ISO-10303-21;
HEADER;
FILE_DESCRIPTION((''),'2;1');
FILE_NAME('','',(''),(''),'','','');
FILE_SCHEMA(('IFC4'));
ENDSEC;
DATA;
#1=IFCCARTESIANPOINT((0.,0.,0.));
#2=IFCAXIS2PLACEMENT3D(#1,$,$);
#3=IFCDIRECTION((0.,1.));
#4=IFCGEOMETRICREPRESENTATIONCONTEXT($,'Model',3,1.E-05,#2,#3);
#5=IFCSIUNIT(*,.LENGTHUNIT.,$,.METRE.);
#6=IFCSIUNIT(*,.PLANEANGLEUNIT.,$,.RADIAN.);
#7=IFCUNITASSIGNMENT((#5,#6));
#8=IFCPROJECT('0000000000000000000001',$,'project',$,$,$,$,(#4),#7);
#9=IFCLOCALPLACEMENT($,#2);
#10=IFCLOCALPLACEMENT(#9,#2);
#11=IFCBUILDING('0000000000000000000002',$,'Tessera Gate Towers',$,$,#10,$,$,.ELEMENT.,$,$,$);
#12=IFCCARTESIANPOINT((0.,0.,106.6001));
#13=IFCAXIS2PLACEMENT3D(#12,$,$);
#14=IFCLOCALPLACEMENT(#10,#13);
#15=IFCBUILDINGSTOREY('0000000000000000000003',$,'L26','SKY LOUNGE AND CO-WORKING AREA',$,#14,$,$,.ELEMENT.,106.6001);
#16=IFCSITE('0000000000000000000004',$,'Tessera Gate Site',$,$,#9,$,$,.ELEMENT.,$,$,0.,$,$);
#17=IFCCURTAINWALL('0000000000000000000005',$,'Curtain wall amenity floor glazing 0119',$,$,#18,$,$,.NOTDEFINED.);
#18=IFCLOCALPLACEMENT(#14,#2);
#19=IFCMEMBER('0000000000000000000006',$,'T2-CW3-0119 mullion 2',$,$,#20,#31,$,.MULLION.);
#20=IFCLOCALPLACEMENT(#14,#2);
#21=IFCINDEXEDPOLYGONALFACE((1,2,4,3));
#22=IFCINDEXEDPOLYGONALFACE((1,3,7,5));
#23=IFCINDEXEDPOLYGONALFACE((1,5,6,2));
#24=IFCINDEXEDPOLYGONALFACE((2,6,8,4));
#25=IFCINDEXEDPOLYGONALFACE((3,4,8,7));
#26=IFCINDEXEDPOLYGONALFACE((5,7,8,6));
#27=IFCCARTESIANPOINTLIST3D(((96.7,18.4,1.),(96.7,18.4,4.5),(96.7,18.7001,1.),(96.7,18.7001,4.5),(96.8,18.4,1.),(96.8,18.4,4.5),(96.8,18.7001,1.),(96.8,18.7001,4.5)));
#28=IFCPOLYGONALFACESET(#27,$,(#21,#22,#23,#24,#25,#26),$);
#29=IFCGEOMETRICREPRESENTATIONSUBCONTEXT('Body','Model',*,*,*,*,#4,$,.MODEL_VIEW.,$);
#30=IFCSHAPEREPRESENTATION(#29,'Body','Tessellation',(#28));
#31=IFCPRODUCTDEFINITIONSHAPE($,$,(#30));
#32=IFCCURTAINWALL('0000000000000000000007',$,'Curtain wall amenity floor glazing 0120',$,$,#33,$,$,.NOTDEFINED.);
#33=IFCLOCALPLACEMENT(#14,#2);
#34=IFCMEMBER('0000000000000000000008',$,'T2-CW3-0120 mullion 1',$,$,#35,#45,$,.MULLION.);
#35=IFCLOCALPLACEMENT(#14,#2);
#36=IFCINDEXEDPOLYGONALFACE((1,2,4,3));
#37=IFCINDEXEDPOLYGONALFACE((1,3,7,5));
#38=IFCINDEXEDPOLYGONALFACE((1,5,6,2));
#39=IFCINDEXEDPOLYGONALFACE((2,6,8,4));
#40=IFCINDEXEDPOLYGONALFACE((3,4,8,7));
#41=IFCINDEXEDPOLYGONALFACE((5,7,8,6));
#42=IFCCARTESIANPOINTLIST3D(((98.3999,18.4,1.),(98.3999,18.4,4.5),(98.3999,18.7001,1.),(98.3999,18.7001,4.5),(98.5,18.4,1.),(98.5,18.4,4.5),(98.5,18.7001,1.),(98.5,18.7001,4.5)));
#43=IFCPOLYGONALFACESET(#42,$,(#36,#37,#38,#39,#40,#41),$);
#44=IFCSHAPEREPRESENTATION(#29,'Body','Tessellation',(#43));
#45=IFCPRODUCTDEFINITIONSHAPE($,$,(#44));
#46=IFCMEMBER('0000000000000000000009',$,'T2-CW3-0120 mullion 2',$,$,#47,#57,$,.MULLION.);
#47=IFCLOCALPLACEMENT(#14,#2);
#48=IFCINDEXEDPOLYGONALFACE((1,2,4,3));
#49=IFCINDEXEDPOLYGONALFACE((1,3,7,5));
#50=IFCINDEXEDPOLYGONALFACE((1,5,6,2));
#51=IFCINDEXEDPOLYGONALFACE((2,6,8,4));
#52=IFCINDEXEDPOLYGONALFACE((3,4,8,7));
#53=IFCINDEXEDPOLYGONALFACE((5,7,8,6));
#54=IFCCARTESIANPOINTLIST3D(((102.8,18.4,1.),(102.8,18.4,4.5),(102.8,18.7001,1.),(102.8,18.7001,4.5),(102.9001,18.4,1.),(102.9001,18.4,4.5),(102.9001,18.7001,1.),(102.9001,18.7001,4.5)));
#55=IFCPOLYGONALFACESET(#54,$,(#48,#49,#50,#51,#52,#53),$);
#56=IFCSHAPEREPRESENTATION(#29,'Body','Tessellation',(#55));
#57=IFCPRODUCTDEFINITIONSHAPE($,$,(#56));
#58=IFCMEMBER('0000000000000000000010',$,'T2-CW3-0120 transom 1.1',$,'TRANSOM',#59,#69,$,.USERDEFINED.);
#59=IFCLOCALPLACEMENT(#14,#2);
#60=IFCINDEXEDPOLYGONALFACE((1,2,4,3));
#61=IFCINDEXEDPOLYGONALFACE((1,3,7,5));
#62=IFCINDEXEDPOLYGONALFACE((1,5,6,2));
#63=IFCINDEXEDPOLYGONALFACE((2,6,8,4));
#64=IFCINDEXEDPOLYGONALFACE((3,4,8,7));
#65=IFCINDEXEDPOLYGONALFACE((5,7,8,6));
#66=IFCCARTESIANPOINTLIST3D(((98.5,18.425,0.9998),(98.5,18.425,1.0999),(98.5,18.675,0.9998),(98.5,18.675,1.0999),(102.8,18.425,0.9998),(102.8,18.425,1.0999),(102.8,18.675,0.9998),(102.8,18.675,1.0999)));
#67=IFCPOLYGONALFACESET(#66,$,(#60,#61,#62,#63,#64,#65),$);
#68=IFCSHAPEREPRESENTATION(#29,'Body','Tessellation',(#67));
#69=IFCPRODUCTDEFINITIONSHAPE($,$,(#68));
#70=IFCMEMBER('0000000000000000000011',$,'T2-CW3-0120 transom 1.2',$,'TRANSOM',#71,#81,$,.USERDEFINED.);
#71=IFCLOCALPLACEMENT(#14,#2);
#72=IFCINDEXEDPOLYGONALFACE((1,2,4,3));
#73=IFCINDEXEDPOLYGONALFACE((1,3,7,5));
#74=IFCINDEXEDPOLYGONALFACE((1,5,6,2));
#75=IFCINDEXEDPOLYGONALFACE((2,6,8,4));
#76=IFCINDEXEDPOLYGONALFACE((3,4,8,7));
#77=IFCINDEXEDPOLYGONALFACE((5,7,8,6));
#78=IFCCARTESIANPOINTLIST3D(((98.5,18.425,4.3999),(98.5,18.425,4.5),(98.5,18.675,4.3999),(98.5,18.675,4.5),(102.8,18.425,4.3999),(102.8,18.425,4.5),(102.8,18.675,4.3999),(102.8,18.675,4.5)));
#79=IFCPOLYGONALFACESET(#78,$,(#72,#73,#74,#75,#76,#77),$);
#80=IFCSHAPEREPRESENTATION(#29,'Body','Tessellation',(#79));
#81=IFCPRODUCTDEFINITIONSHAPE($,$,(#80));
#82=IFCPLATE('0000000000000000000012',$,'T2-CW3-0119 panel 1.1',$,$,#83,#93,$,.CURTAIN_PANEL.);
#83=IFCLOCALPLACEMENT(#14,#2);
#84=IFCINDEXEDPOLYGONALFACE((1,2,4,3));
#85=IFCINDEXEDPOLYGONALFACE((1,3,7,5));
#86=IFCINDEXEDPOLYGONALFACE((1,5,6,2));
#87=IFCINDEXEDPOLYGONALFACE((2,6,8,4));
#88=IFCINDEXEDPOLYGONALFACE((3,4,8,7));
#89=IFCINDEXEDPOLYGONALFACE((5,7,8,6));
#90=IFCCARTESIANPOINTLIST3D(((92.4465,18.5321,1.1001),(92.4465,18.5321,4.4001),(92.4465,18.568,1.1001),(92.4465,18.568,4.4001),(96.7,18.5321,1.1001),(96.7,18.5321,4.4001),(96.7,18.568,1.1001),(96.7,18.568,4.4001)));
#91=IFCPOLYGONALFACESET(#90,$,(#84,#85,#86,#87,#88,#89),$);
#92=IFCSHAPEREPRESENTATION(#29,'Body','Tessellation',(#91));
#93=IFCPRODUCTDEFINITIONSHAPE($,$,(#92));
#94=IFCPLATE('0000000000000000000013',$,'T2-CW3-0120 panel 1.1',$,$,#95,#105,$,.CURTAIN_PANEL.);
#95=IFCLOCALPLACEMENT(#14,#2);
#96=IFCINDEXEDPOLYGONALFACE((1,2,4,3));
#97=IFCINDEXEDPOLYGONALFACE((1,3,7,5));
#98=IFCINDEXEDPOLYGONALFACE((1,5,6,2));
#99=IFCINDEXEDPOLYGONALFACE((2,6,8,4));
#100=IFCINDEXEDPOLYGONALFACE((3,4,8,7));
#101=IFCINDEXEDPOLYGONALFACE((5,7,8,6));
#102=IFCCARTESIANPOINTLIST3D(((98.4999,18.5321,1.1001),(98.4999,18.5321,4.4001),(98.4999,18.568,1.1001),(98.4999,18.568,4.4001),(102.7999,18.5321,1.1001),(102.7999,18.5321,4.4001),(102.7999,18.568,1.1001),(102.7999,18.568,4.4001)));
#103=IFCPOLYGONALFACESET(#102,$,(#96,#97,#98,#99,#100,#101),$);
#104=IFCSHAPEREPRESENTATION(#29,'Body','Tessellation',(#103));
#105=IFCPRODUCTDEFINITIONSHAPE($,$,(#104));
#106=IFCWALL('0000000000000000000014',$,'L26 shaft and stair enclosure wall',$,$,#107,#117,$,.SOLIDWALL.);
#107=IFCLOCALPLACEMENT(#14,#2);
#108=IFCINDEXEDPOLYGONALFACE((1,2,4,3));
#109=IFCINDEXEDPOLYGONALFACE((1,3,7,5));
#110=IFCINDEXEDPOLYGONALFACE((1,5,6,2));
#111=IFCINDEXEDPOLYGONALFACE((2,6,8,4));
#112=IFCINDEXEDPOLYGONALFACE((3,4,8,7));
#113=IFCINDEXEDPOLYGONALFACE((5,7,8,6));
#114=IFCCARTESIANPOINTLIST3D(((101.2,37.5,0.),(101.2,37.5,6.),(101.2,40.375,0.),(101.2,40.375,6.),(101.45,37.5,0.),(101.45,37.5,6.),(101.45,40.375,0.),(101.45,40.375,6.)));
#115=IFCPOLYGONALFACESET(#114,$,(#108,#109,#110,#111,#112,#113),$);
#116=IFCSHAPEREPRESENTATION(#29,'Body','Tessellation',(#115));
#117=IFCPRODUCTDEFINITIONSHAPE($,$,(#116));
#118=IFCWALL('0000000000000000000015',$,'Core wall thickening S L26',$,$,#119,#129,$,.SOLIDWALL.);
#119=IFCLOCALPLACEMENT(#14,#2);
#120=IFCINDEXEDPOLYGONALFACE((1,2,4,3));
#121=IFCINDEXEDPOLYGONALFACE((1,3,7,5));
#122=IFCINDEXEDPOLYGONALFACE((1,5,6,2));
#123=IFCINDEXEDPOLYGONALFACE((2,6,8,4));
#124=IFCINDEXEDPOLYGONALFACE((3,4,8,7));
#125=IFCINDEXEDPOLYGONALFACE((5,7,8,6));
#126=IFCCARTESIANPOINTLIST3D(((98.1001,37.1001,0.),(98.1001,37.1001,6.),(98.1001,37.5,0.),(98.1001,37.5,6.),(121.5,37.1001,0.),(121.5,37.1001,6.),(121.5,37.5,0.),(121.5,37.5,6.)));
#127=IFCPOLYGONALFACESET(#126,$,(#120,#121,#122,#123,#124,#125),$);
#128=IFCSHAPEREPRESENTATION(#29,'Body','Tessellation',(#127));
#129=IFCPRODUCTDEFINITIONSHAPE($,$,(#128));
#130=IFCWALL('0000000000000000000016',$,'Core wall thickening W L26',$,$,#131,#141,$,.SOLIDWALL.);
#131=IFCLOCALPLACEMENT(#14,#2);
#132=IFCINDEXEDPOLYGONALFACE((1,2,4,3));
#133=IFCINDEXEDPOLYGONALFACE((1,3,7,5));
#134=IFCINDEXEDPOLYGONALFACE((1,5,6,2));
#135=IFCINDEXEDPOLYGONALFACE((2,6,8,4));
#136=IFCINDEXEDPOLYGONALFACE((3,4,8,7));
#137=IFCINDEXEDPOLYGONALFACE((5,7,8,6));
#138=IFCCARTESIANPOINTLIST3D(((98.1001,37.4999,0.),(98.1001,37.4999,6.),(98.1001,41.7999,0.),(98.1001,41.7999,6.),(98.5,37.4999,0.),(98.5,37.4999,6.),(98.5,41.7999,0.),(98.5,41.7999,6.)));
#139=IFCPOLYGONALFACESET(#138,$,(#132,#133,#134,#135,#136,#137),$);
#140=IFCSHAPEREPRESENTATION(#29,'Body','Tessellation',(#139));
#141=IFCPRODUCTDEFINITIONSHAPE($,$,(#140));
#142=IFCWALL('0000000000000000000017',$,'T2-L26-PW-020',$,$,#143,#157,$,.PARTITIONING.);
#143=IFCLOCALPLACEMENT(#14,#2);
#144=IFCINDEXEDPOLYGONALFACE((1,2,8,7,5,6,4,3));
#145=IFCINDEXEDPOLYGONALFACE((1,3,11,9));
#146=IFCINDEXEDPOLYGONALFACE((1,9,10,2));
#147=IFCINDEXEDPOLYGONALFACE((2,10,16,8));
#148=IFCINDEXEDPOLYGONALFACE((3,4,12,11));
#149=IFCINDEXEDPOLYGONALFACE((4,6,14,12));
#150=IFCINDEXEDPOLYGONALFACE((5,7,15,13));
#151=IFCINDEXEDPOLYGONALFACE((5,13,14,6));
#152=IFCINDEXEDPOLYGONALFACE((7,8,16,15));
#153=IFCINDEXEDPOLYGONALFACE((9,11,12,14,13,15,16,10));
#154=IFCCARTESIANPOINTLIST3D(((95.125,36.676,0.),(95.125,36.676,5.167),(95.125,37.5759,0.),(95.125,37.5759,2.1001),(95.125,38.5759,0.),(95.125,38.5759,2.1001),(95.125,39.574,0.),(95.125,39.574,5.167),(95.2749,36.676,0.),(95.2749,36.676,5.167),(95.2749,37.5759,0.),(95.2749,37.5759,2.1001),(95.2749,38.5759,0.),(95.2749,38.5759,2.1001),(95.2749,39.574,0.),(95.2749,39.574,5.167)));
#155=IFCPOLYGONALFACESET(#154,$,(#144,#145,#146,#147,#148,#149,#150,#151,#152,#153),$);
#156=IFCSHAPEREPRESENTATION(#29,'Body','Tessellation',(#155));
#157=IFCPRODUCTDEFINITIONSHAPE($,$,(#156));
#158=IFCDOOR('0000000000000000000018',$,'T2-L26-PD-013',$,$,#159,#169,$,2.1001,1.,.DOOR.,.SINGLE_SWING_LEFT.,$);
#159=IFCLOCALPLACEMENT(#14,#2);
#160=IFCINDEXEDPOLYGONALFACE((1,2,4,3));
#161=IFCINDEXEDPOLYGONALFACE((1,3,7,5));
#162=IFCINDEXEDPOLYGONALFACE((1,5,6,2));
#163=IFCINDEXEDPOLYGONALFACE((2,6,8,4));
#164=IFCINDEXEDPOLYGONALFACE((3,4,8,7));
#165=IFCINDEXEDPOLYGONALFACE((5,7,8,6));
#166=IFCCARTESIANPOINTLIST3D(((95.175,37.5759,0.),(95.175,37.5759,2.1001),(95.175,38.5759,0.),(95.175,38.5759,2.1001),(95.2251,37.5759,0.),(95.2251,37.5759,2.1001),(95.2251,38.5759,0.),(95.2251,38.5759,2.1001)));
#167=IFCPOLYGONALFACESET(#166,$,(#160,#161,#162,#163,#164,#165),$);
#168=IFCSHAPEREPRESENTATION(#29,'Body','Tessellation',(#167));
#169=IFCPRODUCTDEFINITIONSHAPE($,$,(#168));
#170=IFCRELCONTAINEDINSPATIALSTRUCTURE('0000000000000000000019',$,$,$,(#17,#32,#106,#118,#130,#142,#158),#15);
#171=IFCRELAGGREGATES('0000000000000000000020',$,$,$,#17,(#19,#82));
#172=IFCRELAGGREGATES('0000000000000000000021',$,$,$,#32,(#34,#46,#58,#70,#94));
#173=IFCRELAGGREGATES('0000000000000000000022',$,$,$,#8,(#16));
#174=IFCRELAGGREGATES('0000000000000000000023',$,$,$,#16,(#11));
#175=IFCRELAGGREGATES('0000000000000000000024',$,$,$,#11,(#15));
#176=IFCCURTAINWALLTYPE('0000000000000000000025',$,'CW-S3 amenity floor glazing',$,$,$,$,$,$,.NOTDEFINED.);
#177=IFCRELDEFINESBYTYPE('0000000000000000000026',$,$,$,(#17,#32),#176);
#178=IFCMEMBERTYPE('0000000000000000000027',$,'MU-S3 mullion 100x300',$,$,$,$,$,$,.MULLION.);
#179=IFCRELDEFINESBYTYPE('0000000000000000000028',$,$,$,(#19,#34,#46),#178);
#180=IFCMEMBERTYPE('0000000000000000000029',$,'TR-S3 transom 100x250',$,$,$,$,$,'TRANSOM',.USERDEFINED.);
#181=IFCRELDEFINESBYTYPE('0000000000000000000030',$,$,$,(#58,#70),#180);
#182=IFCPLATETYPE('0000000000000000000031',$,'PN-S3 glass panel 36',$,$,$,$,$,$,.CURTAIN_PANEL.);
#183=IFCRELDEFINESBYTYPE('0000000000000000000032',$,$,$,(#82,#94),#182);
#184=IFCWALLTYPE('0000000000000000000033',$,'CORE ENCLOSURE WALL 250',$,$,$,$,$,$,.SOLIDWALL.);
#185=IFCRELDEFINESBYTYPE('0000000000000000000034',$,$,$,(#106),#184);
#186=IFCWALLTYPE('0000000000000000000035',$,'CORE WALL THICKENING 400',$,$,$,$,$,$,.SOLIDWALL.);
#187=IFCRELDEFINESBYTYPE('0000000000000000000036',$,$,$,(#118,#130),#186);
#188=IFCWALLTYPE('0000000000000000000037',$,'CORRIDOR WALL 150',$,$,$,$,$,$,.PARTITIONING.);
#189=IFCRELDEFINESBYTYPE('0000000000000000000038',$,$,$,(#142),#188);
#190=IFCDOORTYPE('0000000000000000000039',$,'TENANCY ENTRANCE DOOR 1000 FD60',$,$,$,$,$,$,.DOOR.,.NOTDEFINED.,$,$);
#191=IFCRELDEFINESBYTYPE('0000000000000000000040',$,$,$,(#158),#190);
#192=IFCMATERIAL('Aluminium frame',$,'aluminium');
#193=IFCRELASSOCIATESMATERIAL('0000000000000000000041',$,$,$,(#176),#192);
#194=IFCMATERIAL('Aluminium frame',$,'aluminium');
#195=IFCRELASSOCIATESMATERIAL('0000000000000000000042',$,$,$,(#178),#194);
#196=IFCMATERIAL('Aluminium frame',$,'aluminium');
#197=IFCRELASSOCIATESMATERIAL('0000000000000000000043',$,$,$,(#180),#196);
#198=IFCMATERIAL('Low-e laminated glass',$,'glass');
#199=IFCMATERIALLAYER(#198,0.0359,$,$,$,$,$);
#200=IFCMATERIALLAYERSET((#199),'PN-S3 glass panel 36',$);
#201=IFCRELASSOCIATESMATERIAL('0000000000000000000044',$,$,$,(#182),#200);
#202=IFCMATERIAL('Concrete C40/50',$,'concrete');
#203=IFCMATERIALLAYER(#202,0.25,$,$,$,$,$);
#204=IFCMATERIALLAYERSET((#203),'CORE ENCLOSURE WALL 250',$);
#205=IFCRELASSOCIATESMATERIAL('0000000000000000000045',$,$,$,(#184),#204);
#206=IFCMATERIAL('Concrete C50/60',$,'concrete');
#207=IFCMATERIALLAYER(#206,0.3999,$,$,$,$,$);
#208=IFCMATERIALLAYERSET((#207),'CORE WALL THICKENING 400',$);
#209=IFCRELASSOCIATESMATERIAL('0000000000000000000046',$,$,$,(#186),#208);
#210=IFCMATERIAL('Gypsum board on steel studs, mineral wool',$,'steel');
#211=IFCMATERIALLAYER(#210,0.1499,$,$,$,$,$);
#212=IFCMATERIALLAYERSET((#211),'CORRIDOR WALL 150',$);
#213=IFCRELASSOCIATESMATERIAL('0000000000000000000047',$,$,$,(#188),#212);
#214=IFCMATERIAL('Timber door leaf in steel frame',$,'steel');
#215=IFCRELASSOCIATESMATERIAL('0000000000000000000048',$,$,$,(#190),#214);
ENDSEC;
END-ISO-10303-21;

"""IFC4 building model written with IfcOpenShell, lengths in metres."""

from ifc_helpers import new_model, si_unit, direction, frame, frame_2d, origin, origin_2d, place, context, subcontext, project, spatial, rectangle, extrude, source, transform, mapped, material, layer, layer_set, material_profile, profile_set, type_object, element, fill, aggregate, save


model = new_model("IFC4")

# Units and contexts
model_context = context("Model", 3, precision=1e-05, world=origin(), true_north=direction((0.0, 1.0)))
body_context = subcontext(model_context, "Body", "Model", "MODEL_VIEW")
ifc_project = project(units=[si_unit("LENGTHUNIT", "METRE"), si_unit("PLANEANGLEUNIT", "RADIAN")], contexts=[model_context])

# Site, building, storey
site_placement = place(None, origin())
site = spatial("IfcSite", under=ifc_project, at=site_placement, Name="Tessera Gate Site", CompositionType="ELEMENT", RefElevation=0.0)
building_placement = place(site_placement, origin())
building = spatial("IfcBuilding", under=site, at=building_placement, Name="Tessera Gate Towers", CompositionType="ELEMENT")
storey_placement = place(building_placement, frame((0.0, 0.0, 106.6001)))
storey = spatial("IfcBuildingStorey", under=building, at=storey_placement, Name="L26", Description="SKY LOUNGE AND CO-WORKING AREA", CompositionType="ELEMENT", Elevation=106.6001)

# Curtain wall, member
ifc_material_1 = material(Name="Aluminium frame", Category="aluminium")
curtain_wall_type = type_object("IfcCurtainWallType", Name="CW-S3 amenity floor glazing", PredefinedType="NOTDEFINED", material=ifc_material_1)
curtain_wall_1_placement = place(storey_placement, origin())
curtain_wall_1 = element("IfcCurtainWall", 1, at=curtain_wall_1_placement, inside=storey, type_object=curtain_wall_type, Name="Curtain wall amenity floor glazing 0119", PredefinedType="NOTDEFINED")
ifc_material_2 = material(Name="Aluminium frame", Category="aluminium")
ifc_material_profile_1 = material_profile(ifc_material_2, rectangle(XDim=0.1001, YDim=0.3, at=origin_2d()), Name="AL 100x300")
ifc_profile_set_1 = profile_set([ifc_material_profile_1], Name="Aluminium frame")
member_type_1 = type_object("IfcMemberType", Name="MU-S3 mullion 100x300", PredefinedType="MULLION", material=ifc_profile_set_1)
member_1_placement = place(storey_placement, frame((96.75, 18.55, 1.0), z_axis=(0.0, 0.0, 1.0), x_axis=(1.0, 0.0, 0.0)))
member_1 = element("IfcMember", 2, at=member_1_placement, type_object=member_type_1, Name="T2-CW3-0119 mullion 2", PredefinedType="MULLION", context=body_context, shape_type="SweptSolid", body=[
    extrude(rectangle(XDim=0.1001, YDim=0.3, at=origin_2d()), origin(), (0.0, 0.0, 1.0), 3.5),
])

# Curtain wall, members
curtain_wall_2_placement = place(storey_placement, origin())
curtain_wall_2 = element("IfcCurtainWall", 3, at=curtain_wall_2_placement, inside=storey, type_object=curtain_wall_type, Name="Curtain wall amenity floor glazing 0120", PredefinedType="NOTDEFINED")
member_2_placement = place(storey_placement, frame((98.45, 18.55, 1.0), z_axis=(0.0, 0.0, 1.0), x_axis=(1.0, 0.0, 0.0)))
member_2 = element("IfcMember", 4, at=member_2_placement, type_object=member_type_1, Name="T2-CW3-0120 mullion 1", PredefinedType="MULLION", context=body_context, shape_type="SweptSolid", body=[
    extrude(rectangle(XDim=0.1001, YDim=0.3, at=origin_2d()), origin(), (0.0, 0.0, 1.0), 3.5),
])
member_3_placement = place(storey_placement, frame((102.8501, 18.55, 1.0), z_axis=(0.0, 0.0, 1.0), x_axis=(1.0, 0.0, 0.0)))
member_3 = element("IfcMember", 5, at=member_3_placement, type_object=member_type_1, Name="T2-CW3-0120 mullion 2", PredefinedType="MULLION", context=body_context, shape_type="SweptSolid", body=[
    extrude(rectangle(XDim=0.1001, YDim=0.3, at=origin_2d()), origin(), (0.0, 0.0, 1.0), 3.5),
])
ifc_material_3 = material(Name="Aluminium frame", Category="aluminium")
ifc_material_profile_2 = material_profile(ifc_material_3, rectangle(XDim=0.25, YDim=0.1001, at=origin_2d()), Name="AL 100x250")
ifc_profile_set_2 = profile_set([ifc_material_profile_2], Name="Aluminium frame")
member_type_2 = type_object("IfcMemberType", Name="TR-S3 transom 100x250", ElementType="TRANSOM", PredefinedType="USERDEFINED", material=ifc_profile_set_2)
member_4_placement = place(storey_placement, frame((98.5, 18.55, 1.0498), z_axis=(1.0, 0.0, 0.0), x_axis=(0.0, 1.0, 0.0)))
member_4 = element("IfcMember", 6, at=member_4_placement, type_object=member_type_2, Name="T2-CW3-0120 transom 1.1", ObjectType="TRANSOM", PredefinedType="USERDEFINED", context=body_context, shape_type="SweptSolid", body=[
    extrude(rectangle(XDim=0.25, YDim=0.1001, at=origin_2d()), origin(), (0.0, 0.0, 1.0), 4.3),
])
member_5_placement = place(storey_placement, frame((98.5, 18.55, 4.45), z_axis=(1.0, 0.0, 0.0), x_axis=(0.0, 1.0, 0.0)))
member_5 = element("IfcMember", 7, at=member_5_placement, type_object=member_type_2, Name="T2-CW3-0120 transom 1.2", ObjectType="TRANSOM", PredefinedType="USERDEFINED", context=body_context, shape_type="SweptSolid", body=[
    extrude(rectangle(XDim=0.25, YDim=0.1001, at=origin_2d()), origin(), (0.0, 0.0, 1.0), 4.3),
])

# Plates
ifc_material_4 = material(Name="Low-e laminated glass", Category="glass")
ifc_layer_1 = layer(ifc_material_4, 0.0359)
ifc_layer_set_1 = layer_set([ifc_layer_1], Name="PN-S3 glass panel 36")
plate_type = type_object("IfcPlateType", Name="PN-S3 glass panel 36", PredefinedType="CURTAIN_PANEL", material=ifc_layer_set_1)
plate_1_placement = place(storey_placement, frame((94.5732, 18.55, 1.1001), z_axis=(0.0, 0.0, 1.0), x_axis=(1.0, 0.0, 0.0)))
plate_1 = element("IfcPlate", 8, at=plate_1_placement, type_object=plate_type, Name="T2-CW3-0119 panel 1.1", PredefinedType="CURTAIN_PANEL", context=body_context, shape_type="SweptSolid", body=[
    extrude(rectangle(XDim=4.2534, YDim=0.0359, at=origin_2d()), origin(), (0.0, 0.0, 1.0), 3.3),
])
aggregate(curtain_wall_1, [member_1, plate_1])
plate_2_placement = place(storey_placement, frame((100.6499, 18.55, 1.1001), z_axis=(0.0, 0.0, 1.0), x_axis=(1.0, 0.0, 0.0)))
plate_2 = element("IfcPlate", 9, at=plate_2_placement, type_object=plate_type, Name="T2-CW3-0120 panel 1.1", PredefinedType="CURTAIN_PANEL", context=body_context, shape_type="SweptSolid", body=[
    extrude(rectangle(XDim=4.3, YDim=0.0359, at=origin_2d()), origin(), (0.0, 0.0, 1.0), 3.3),
])
aggregate(curtain_wall_2, [member_2, member_3, member_4, member_5, plate_2])

# Wall
ifc_material_5 = material(Name="Concrete C40/50", Category="concrete")
ifc_layer_2 = layer(ifc_material_5, 0.25)
ifc_layer_set_2 = layer_set([ifc_layer_2], Name="CORE ENCLOSURE WALL 250")
wall_type_1 = type_object("IfcWallType", Name="CORE ENCLOSURE WALL 250", PredefinedType="SOLIDWALL", material=ifc_layer_set_2)
wall_1_placement = place(storey_placement, frame((101.325, 37.5, 0.0), z_axis=(0.0, 0.0, 1.0), x_axis=(0.0, 1.0, 0.0)))
element("IfcWall", 10, at=wall_1_placement, inside=storey, type_object=wall_type_1, Name="L26 shaft and stair enclosure wall", PredefinedType="SOLIDWALL", context=body_context, shape_type="SweptSolid", body=[
    extrude(rectangle(XDim=2.875, YDim=0.25, at=frame_2d((1.4375, 0.0))), origin(), (0.0, 0.0, 1.0), 6.0),
])

# Walls
ifc_material_6 = material(Name="Concrete C50/60", Category="concrete")
ifc_layer_3 = layer(ifc_material_6, 0.3999)
ifc_layer_set_3 = layer_set([ifc_layer_3], Name="CORE WALL THICKENING 400")
wall_type_2 = type_object("IfcWallType", Name="CORE WALL THICKENING 400", PredefinedType="SOLIDWALL", material=ifc_layer_set_3)
wall_2_placement = place(storey_placement, frame((98.1001, 37.3, 0.0), z_axis=(0.0, 0.0, 1.0), x_axis=(1.0, 0.0, 0.0)))
element("IfcWall", 11, at=wall_2_placement, inside=storey, type_object=wall_type_2, Name="Core wall thickening S L26", PredefinedType="SOLIDWALL", context=body_context, shape_type="SweptSolid", body=[
    extrude(rectangle(XDim=23.3999, YDim=0.3999, at=frame_2d((11.7, 0.0))), origin(), (0.0, 0.0, 1.0), 6.0),
])
wall_3_placement = place(storey_placement, frame((98.3, 37.5, 0.0), z_axis=(0.0, 0.0, 1.0), x_axis=(0.0, 1.0, 0.0)))
element("IfcWall", 12, at=wall_3_placement, inside=storey, type_object=wall_type_2, Name="Core wall thickening W L26", PredefinedType="SOLIDWALL", context=body_context, shape_type="SweptSolid", body=[
    extrude(rectangle(XDim=4.3, YDim=0.3999, at=frame_2d((2.1499, 0.0))), origin(), (0.0, 0.0, 1.0), 6.0),
])

# Wall, opening, door
ifc_material_7 = material(Name="Gypsum board on steel studs, mineral wool", Category="steel")
ifc_layer_4 = layer(ifc_material_7, 0.1499)
ifc_layer_set_4 = layer_set([ifc_layer_4], Name="CORRIDOR WALL 150")
wall_type_3 = type_object("IfcWallType", Name="CORRIDOR WALL 150", PredefinedType="PARTITIONING", material=ifc_layer_set_4)
wall_4_placement = place(storey_placement, frame((95.2, 36.676, 0.0), z_axis=(0.0, 0.0, 1.0), x_axis=(0.0, 1.0, 0.0)))
wall_4 = element("IfcWall", 13, at=wall_4_placement, inside=storey, type_object=wall_type_3, Name="T2-L26-PW-020", PredefinedType="PARTITIONING", context=body_context, shape_type="SweptSolid", body=[
    extrude(rectangle(XDim=2.8979, YDim=0.1499, at=frame_2d((1.449, 0.0))), origin(), (0.0, 0.0, 1.0), 5.167),
])
shared_shape_1 = source(origin(), body_context, "Body", "SweptSolid", [
    extrude(rectangle(XDim=1.0, YDim=2.1001, at=frame_2d((0.5, 1.05))), frame((0.0, 0.085, 0.0), z_axis=(0.0, -1.0, 0.0), x_axis=(1.0, 0.0, 0.0)), (0.0, 0.0, 1.0), 0.1699),
])
opening_1_placement = place(wall_4_placement, frame((0.8999, 0.0, 0.0)))
opening_1 = element("IfcOpeningElement", 14, at=opening_1_placement, cuts=wall_4, PredefinedType="OPENING", context=body_context, shape_type="MappedRepresentation", body=[
    mapped(shared_shape_1, transform((0.0, 0.0, 0.0), scale=1.0)),
])
ifc_material_8 = material(Name="Timber door leaf in steel frame", Category="steel")
door_type_1 = type_object("IfcDoorType", Name="TENANCY ENTRANCE DOOR 1000 FD60", OperationType="NOTDEFINED", PredefinedType="DOOR", material=ifc_material_8)
shared_shape_2 = source(origin(), body_context, "Body", "SweptSolid", [
    extrude(rectangle(XDim=1.0, YDim=2.1001, at=frame_2d((0.5, 1.05))), frame((0.0, 0.0249, 0.0), z_axis=(0.0, -1.0, 0.0), x_axis=(1.0, 0.0, 0.0)), (0.0, 0.0, 1.0), 0.05),
])
door_1_placement = place(opening_1_placement, origin())
door_1 = element("IfcDoor", 15, at=door_1_placement, inside=storey, type_object=door_type_1, Name="T2-L26-PD-013", OperationType="SINGLE_SWING_LEFT", OverallHeight=2.1001, OverallWidth=1.0, PredefinedType="DOOR", context=body_context, shape_type="MappedRepresentation", body=[
    mapped(shared_shape_2, transform((0.0, 0.0, 0.0), scale=1.0)),
])
fill(opening_1, door_1)

save(model, "model.ifc")
